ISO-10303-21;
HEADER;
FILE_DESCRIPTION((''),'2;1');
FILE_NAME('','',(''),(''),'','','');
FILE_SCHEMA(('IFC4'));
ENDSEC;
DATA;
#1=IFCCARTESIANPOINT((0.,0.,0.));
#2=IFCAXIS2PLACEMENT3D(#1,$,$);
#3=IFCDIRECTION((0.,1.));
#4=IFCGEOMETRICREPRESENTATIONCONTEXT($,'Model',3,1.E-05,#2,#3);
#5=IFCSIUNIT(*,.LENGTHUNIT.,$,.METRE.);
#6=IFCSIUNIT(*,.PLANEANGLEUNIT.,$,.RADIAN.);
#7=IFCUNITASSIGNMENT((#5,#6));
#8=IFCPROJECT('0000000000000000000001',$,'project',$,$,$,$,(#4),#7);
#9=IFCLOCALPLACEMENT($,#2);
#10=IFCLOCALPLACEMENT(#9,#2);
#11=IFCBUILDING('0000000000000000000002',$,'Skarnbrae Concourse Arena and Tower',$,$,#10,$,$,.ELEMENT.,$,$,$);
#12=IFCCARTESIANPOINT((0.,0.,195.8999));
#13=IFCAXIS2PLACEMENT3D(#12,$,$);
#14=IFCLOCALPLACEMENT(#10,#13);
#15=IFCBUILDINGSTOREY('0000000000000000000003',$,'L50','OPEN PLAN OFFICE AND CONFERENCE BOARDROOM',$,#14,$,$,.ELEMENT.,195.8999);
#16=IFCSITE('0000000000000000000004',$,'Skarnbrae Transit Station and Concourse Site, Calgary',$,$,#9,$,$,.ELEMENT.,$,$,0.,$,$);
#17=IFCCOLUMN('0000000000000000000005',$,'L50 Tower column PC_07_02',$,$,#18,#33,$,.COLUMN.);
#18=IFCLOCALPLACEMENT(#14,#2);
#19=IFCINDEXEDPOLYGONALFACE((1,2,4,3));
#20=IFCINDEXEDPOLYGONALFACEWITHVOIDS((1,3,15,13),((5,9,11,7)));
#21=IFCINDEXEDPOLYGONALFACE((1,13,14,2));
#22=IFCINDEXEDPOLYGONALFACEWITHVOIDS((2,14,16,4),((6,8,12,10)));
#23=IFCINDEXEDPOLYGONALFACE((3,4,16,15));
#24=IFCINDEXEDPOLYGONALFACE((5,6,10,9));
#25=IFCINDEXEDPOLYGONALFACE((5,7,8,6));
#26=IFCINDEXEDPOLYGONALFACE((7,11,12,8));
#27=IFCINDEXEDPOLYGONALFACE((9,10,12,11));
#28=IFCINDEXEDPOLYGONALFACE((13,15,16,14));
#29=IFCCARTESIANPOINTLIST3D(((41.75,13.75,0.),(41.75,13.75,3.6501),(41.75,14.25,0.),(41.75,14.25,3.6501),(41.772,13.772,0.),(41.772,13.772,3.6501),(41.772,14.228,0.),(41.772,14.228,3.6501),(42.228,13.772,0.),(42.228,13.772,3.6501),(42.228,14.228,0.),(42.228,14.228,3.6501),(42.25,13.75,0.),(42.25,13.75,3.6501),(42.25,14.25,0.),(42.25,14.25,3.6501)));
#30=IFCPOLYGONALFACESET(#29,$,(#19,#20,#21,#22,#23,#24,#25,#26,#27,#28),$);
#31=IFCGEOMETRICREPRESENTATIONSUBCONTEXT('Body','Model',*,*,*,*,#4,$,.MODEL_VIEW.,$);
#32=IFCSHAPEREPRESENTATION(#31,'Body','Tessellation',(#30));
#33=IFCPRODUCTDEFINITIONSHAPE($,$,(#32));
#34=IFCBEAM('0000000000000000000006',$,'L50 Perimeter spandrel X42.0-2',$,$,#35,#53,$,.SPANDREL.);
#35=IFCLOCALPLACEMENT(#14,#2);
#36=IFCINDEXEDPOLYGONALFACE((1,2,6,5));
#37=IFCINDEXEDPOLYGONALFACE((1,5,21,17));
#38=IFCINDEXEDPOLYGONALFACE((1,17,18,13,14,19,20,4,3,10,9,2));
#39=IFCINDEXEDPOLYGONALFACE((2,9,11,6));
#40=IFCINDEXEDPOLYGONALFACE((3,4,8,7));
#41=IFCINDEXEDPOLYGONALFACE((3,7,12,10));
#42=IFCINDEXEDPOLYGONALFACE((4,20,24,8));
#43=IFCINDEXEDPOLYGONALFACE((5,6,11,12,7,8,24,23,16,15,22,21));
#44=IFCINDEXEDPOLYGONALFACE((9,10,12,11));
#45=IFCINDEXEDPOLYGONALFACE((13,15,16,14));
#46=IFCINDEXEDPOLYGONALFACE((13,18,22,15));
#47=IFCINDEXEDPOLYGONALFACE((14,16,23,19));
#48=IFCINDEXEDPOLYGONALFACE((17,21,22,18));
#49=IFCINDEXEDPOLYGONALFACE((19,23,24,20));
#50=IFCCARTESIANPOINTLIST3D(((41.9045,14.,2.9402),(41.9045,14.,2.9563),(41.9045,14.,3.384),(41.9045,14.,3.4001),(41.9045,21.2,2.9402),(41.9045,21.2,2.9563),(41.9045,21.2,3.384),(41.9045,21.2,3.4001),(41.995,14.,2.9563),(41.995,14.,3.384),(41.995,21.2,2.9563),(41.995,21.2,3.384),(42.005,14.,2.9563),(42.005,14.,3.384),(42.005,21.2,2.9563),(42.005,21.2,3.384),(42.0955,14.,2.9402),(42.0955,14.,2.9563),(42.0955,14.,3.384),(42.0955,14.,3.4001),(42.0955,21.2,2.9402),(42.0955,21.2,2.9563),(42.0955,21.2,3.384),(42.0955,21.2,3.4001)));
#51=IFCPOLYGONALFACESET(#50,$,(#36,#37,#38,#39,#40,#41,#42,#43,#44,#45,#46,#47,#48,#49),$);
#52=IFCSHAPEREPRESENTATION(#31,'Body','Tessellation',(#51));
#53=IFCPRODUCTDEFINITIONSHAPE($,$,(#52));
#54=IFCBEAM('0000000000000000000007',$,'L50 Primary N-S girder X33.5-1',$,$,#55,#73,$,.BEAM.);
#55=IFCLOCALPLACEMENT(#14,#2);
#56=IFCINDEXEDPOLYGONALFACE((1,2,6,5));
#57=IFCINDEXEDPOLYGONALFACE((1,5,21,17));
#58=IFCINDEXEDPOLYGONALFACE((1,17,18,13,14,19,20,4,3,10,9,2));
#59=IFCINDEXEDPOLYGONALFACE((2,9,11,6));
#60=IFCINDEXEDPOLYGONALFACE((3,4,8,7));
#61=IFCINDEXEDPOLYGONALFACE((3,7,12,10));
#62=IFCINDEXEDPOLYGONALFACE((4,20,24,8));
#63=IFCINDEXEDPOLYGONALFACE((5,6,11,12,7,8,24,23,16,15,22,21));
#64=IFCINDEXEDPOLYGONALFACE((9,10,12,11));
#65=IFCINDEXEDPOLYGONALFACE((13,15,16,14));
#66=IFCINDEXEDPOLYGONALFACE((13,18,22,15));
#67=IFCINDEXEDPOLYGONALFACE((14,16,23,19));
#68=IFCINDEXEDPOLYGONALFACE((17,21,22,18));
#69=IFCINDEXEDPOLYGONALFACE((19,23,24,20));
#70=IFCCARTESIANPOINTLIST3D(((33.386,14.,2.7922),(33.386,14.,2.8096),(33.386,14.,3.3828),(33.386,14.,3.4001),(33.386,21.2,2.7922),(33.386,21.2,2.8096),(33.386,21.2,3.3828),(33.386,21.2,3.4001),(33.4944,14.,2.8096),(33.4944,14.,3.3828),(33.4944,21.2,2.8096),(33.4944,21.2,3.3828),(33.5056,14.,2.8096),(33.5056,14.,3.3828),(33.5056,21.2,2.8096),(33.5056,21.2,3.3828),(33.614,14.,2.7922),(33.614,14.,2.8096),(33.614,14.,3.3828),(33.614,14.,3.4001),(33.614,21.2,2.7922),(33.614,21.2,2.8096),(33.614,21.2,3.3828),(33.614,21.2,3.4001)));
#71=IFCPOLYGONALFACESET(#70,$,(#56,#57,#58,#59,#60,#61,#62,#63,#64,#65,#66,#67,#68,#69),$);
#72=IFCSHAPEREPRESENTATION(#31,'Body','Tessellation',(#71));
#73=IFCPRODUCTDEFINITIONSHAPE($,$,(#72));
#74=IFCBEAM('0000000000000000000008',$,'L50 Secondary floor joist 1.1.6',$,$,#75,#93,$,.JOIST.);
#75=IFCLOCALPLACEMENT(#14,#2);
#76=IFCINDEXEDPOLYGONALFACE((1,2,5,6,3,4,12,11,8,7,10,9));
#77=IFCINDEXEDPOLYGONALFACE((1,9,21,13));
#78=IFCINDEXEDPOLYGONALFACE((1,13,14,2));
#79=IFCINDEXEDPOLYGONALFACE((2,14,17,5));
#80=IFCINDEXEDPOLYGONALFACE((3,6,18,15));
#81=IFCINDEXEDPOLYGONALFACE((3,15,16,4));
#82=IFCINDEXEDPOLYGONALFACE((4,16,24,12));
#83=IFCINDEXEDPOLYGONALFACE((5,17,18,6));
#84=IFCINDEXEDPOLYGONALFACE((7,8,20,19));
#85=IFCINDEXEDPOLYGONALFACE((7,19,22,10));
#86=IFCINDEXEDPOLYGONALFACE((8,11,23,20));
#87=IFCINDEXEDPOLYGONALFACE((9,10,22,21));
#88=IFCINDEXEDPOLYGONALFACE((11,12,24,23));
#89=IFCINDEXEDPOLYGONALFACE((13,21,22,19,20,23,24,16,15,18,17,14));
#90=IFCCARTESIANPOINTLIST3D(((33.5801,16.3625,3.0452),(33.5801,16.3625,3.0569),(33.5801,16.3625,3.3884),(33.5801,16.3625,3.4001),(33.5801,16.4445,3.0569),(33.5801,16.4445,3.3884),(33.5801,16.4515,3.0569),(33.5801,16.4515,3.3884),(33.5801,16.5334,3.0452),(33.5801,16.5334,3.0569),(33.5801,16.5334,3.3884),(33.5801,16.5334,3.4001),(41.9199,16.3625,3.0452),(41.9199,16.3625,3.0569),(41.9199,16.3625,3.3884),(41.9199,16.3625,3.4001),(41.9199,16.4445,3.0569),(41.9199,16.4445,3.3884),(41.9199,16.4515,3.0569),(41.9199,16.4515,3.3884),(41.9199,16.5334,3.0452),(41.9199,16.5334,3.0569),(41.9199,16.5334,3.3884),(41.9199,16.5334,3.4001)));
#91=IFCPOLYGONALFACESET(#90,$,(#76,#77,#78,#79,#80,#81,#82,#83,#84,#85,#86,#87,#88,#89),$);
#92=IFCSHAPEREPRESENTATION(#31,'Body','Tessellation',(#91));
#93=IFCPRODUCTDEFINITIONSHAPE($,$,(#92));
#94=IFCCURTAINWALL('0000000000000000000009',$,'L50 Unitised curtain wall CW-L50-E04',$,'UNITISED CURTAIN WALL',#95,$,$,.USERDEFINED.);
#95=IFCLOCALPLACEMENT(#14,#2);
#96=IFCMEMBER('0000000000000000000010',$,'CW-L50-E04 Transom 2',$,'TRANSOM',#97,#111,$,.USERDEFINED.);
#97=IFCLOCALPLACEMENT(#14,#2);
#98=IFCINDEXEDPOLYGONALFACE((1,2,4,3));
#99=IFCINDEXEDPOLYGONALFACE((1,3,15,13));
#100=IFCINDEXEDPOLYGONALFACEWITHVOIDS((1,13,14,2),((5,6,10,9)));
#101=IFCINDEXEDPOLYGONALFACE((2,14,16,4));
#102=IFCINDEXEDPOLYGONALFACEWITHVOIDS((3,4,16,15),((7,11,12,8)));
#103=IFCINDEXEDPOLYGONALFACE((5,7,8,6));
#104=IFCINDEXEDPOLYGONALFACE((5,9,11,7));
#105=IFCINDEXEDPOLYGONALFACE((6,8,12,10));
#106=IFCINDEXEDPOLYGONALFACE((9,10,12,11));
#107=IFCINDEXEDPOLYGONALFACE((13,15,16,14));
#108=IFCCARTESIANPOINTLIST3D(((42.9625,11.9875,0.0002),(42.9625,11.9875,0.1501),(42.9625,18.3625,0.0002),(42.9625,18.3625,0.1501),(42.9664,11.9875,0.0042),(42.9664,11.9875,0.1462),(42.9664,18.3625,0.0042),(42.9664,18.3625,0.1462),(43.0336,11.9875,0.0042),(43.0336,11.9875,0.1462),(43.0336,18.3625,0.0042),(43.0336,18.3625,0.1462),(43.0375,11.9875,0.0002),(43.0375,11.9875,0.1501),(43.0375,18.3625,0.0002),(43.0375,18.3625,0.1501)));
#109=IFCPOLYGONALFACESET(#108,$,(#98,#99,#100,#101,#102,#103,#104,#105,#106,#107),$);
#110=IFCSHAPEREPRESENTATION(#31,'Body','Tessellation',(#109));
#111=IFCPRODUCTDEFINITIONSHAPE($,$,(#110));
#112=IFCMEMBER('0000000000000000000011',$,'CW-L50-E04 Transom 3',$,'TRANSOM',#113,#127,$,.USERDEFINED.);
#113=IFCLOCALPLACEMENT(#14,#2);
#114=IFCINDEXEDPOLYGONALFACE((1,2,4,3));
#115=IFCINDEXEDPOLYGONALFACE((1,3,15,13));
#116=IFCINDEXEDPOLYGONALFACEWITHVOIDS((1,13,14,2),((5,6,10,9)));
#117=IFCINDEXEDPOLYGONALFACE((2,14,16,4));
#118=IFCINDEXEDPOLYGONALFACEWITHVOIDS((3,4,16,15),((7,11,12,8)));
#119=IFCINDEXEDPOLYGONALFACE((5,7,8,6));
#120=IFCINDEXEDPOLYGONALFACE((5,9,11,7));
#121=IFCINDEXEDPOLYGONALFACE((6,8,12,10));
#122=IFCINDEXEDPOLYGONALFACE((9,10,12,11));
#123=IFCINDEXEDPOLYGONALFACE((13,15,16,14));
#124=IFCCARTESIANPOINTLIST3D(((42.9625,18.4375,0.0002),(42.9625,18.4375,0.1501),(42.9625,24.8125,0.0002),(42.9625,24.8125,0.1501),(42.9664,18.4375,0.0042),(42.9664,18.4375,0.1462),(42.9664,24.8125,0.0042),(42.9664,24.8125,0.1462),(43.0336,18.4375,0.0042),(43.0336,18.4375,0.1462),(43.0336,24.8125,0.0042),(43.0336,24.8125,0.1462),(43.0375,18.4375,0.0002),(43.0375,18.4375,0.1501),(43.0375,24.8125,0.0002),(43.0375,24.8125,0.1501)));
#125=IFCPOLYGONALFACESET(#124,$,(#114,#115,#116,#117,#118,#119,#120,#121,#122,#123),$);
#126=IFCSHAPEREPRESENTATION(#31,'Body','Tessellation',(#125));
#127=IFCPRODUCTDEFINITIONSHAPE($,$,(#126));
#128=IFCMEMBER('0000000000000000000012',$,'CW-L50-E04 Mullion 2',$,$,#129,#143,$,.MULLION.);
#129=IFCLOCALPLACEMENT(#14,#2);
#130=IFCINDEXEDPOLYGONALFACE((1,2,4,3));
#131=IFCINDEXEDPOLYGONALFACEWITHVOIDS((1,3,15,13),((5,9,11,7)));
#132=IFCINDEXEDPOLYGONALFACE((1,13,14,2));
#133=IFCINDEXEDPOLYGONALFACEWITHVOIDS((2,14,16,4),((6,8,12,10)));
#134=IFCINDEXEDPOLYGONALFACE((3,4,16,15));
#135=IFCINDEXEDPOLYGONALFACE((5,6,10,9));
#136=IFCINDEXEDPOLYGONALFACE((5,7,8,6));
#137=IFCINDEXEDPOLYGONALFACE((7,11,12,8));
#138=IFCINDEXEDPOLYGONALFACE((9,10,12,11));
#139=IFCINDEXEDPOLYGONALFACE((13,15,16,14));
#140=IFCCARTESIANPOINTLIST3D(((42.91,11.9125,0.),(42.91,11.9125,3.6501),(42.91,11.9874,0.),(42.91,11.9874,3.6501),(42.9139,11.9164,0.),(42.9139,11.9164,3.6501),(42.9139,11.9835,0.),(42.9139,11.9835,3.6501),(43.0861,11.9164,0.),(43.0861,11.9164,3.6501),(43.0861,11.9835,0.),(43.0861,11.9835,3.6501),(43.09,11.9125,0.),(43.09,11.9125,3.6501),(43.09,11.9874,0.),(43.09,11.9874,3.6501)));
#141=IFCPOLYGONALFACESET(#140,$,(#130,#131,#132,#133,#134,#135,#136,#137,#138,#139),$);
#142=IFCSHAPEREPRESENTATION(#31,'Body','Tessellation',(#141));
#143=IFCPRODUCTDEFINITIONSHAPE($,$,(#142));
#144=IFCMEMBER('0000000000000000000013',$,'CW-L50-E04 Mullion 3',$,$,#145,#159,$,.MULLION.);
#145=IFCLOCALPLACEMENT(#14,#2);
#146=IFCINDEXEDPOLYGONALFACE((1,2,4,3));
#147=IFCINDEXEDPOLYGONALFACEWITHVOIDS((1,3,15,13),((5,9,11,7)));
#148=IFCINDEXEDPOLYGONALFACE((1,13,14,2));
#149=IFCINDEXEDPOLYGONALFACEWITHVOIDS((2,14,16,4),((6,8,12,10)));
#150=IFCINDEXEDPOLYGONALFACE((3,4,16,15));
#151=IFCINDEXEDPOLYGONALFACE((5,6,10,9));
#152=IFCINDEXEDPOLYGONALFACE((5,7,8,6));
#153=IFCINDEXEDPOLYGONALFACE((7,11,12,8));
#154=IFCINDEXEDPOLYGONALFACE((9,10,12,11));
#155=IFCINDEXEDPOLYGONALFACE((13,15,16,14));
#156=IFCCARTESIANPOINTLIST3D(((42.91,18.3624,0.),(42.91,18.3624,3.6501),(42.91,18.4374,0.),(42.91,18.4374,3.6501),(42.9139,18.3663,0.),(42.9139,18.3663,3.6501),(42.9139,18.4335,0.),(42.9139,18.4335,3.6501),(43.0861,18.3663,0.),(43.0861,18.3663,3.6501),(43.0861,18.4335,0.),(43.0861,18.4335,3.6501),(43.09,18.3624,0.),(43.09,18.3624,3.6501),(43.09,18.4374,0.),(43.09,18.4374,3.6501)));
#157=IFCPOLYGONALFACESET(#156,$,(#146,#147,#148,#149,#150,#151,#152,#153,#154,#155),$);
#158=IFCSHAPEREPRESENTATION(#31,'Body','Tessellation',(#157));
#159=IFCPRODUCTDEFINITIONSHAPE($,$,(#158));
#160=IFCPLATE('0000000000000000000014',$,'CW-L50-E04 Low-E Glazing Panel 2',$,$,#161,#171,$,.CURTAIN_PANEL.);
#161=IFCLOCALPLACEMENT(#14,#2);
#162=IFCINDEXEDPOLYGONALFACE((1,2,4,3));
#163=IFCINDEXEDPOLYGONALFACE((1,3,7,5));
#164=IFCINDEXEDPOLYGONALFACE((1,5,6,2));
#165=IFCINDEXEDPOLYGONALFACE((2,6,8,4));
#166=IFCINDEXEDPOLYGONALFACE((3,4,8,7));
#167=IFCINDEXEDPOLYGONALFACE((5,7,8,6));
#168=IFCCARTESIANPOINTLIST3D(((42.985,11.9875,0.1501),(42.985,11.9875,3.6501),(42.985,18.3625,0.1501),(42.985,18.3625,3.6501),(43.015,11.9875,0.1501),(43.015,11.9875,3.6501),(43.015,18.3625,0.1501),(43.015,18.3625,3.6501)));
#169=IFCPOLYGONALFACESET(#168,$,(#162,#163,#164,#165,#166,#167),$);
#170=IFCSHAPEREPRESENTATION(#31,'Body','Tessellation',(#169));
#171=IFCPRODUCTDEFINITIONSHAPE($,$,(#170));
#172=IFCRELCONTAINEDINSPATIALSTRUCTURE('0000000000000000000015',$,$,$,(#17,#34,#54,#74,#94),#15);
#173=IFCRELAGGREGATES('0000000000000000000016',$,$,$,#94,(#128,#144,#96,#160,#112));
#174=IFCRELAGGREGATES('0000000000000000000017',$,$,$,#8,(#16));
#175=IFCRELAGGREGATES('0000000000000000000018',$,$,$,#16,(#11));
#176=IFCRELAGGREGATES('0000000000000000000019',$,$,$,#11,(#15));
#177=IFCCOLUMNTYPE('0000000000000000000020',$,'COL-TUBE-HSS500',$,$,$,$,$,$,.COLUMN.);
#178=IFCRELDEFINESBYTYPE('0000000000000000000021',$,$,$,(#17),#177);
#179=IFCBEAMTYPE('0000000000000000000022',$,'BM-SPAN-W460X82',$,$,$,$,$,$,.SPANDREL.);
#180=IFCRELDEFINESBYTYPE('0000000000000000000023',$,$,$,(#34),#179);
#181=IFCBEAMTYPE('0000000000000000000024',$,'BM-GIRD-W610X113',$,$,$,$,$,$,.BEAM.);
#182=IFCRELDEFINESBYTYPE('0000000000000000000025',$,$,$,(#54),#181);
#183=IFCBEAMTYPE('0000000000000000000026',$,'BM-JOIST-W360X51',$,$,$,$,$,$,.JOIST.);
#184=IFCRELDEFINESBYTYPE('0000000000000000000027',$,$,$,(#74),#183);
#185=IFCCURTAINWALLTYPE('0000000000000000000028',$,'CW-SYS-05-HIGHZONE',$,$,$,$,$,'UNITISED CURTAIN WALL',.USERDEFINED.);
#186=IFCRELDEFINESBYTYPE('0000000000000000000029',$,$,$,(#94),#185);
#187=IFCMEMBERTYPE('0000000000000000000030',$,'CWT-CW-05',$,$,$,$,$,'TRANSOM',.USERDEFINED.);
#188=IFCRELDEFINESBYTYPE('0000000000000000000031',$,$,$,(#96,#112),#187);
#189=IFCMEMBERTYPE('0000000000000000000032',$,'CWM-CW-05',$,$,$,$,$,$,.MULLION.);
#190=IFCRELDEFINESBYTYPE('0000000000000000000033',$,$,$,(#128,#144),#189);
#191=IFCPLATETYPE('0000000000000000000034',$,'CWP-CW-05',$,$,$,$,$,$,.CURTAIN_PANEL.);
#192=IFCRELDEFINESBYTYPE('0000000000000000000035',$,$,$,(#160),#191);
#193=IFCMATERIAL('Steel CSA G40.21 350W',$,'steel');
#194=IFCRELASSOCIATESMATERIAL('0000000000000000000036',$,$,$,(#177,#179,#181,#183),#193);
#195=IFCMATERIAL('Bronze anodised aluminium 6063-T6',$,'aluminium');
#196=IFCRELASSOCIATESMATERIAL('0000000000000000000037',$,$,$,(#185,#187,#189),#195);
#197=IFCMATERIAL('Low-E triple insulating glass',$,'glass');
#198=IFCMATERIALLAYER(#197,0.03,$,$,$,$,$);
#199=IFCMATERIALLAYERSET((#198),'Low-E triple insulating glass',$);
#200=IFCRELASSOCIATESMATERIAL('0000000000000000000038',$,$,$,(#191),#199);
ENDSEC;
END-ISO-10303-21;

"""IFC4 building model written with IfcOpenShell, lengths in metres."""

from ifc_helpers import new_model, si_unit, direction, frame, origin, origin_2d, place, context, subcontext, project, spatial, rectangle, hollow_rectangle, i_section, extrude, source, transform, mapped, material, layer, layer_set, material_profile, profile_set, type_object, element, aggregate, save


model = new_model("IFC4")

# Units and contexts
model_context = context("Model", 3, precision=1e-05, world=origin(), true_north=direction((0.0, 1.0)))
body_context = subcontext(model_context, "Body", "Model", "MODEL_VIEW")
ifc_project = project(units=[si_unit("LENGTHUNIT", "METRE"), si_unit("PLANEANGLEUNIT", "RADIAN")], contexts=[model_context])

# Site, building, storey
site_placement = place(None, origin())
site = spatial("IfcSite", under=ifc_project, at=site_placement, Name="Skarnbrae Transit Station and Concourse Site, Calgary", CompositionType="ELEMENT", RefElevation=0.0)
building_placement = place(site_placement, origin())
building = spatial("IfcBuilding", under=site, at=building_placement, Name="Skarnbrae Concourse Arena and Tower", CompositionType="ELEMENT")
storey_placement = place(building_placement, frame((0.0, 0.0, 195.8999)))
storey = spatial("IfcBuildingStorey", under=building, at=storey_placement, Name="L50", Description="OPEN PLAN OFFICE AND CONFERENCE BOARDROOM", CompositionType="ELEMENT", Elevation=195.8999)

# Column
ifc_material_1 = material(Name="Steel CSA G40.21 350W", Category="steel")
ifc_material_profile_1 = material_profile(ifc_material_1, hollow_rectangle(XDim=0.5, YDim=0.5, WallThickness=0.022, at=origin_2d()), Name="HSS500X500X22.0")
ifc_profile_set_1 = profile_set([ifc_material_profile_1], Name="Steel CSA G40.21 350W")
column_type = type_object("IfcColumnType", Name="COL-TUBE-HSS500", PredefinedType="COLUMN", material=ifc_profile_set_1)
shared_shape_1 = source(origin(), body_context, "Body", "SweptSolid", [
    extrude(hollow_rectangle(XDim=0.5, YDim=0.5, WallThickness=0.022, at=origin_2d()), origin(), (0.0, 0.0, 1.0), 3.6501),
])
column_placement = place(storey_placement, frame((42.0, 14.0, 0.0), z_axis=(0.0, 0.0, 1.0), x_axis=(1.0, 0.0, 0.0)))
element("IfcColumn", 1, at=column_placement, inside=storey, type_object=column_type, Name="L50 Tower column PC_07_02", PredefinedType="COLUMN", context=body_context, shape_type="MappedRepresentation", body=[
    mapped(shared_shape_1, transform((0.0, 0.0, 0.0))),
])

# Beams
ifc_material_profile_2 = material_profile(ifc_material_1, i_section(OverallWidth=0.1909, OverallDepth=0.46, WebThickness=0.01, FlangeThickness=0.0161, at=origin_2d()), Name="W460X82")
ifc_profile_set_2 = profile_set([ifc_material_profile_2], Name="Steel CSA G40.21 350W")
beam_type_1 = type_object("IfcBeamType", Name="BM-SPAN-W460X82", PredefinedType="SPANDREL", material=ifc_profile_set_2)
shared_shape_2 = source(origin(), body_context, "Body", "SweptSolid", [
    extrude(i_section(OverallWidth=0.1909, OverallDepth=0.46, WebThickness=0.01, FlangeThickness=0.0161, at=origin_2d()), origin(), (0.0, 0.0, 1.0), 7.2),
])
beam_1_placement = place(storey_placement, frame((42.0, 14.0, 3.1702), z_axis=(0.0, 1.0, 0.0), x_axis=(-1.0, 0.0, 0.0)))
element("IfcBeam", 2, at=beam_1_placement, inside=storey, type_object=beam_type_1, Name="L50 Perimeter spandrel X42.0-2", PredefinedType="SPANDREL", context=body_context, shape_type="MappedRepresentation", body=[
    mapped(shared_shape_2, transform((0.0, 0.0, 0.0))),
])
ifc_material_profile_3 = material_profile(ifc_material_1, i_section(OverallWidth=0.228, OverallDepth=0.6079, WebThickness=0.0112, FlangeThickness=0.0173, at=origin_2d()), Name="W610X113")
ifc_profile_set_3 = profile_set([ifc_material_profile_3], Name="Steel CSA G40.21 350W")
beam_type_2 = type_object("IfcBeamType", Name="BM-GIRD-W610X113", PredefinedType="BEAM", material=ifc_profile_set_3)
shared_shape_3 = source(origin(), body_context, "Body", "SweptSolid", [
    extrude(i_section(OverallWidth=0.228, OverallDepth=0.6079, WebThickness=0.0112, FlangeThickness=0.0173, at=origin_2d()), origin(), (0.0, 0.0, 1.0), 7.2),
])
beam_2_placement = place(storey_placement, frame((33.5, 14.0, 3.0962), z_axis=(0.0, 1.0, 0.0), x_axis=(-1.0, 0.0, 0.0)))
element("IfcBeam", 3, at=beam_2_placement, inside=storey, type_object=beam_type_2, Name="L50 Primary N-S girder X33.5-1", PredefinedType="BEAM", context=body_context, shape_type="MappedRepresentation", body=[
    mapped(shared_shape_3, transform((0.0, 0.0, 0.0))),
])
ifc_material_profile_4 = material_profile(ifc_material_1, i_section(OverallWidth=0.1709, OverallDepth=0.355, WebThickness=0.0071, FlangeThickness=0.0117, at=origin_2d()), Name="W360X51")
ifc_profile_set_4 = profile_set([ifc_material_profile_4], Name="Steel CSA G40.21 350W")
beam_type_3 = type_object("IfcBeamType", Name="BM-JOIST-W360X51", PredefinedType="JOIST", material=ifc_profile_set_4)
shared_shape_4 = source(origin(), body_context, "Body", "SweptSolid", [
    extrude(i_section(OverallWidth=0.1709, OverallDepth=0.355, WebThickness=0.0071, FlangeThickness=0.0117, at=origin_2d()), origin(), (0.0, 0.0, 1.0), 8.3398),
])
beam_3_placement = place(storey_placement, frame((33.5801, 16.448, 3.2227), z_axis=(1.0, 0.0, 0.0), x_axis=(0.0, 1.0, 0.0)))
element("IfcBeam", 4, at=beam_3_placement, inside=storey, type_object=beam_type_3, Name="L50 Secondary floor joist 1.1.6", PredefinedType="JOIST", context=body_context, shape_type="MappedRepresentation", body=[
    mapped(shared_shape_4, transform((0.0, 0.0, 0.0))),
])

# Curtain wall, members, plate
ifc_material_2 = material(Name="Bronze anodised aluminium 6063-T6", Category="aluminium")
curtain_wall_type = type_object("IfcCurtainWallType", Name="CW-SYS-05-HIGHZONE", ElementType="UNITISED CURTAIN WALL", PredefinedType="USERDEFINED", material=ifc_material_2)
curtain_wall_placement = place(storey_placement, origin())
curtain_wall = element("IfcCurtainWall", 5, at=curtain_wall_placement, inside=storey, type_object=curtain_wall_type, Name="L50 Unitised curtain wall CW-L50-E04", ObjectType="UNITISED CURTAIN WALL", PredefinedType="USERDEFINED")
ifc_material_profile_5 = material_profile(ifc_material_2, hollow_rectangle(XDim=0.075, YDim=0.1499, WallThickness=0.0039, at=origin_2d()), Name="ALU-TRAN-75X150")
ifc_profile_set_5 = profile_set([ifc_material_profile_5], Name="Bronze anodised aluminium 6063-T6")
member_type_1 = type_object("IfcMemberType", Name="CWT-CW-05", ElementType="TRANSOM", PredefinedType="USERDEFINED", material=ifc_profile_set_5)
shared_shape_5 = source(origin(), body_context, "Body", "SweptSolid", [
    extrude(hollow_rectangle(XDim=0.075, YDim=0.1499, WallThickness=0.0039, at=origin_2d()), origin(), (0.0, 0.0, 1.0), 6.375),
])
member_1_placement = place(storey_placement, frame((43.0, 11.9875, 0.0752), z_axis=(0.0, 1.0, 0.0), x_axis=(-1.0, 0.0, 0.0)))
member_1 = element("IfcMember", 6, at=member_1_placement, type_object=member_type_1, Name="CW-L50-E04 Transom 2", ObjectType="TRANSOM", PredefinedType="USERDEFINED", context=body_context, shape_type="MappedRepresentation", body=[
    mapped(shared_shape_5, transform((0.0, 0.0, 0.0))),
])
member_2_placement = place(storey_placement, frame((43.0, 18.4375, 0.0752), z_axis=(0.0, 1.0, 0.0), x_axis=(-1.0, 0.0, 0.0)))
member_2 = element("IfcMember", 7, at=member_2_placement, type_object=member_type_1, Name="CW-L50-E04 Transom 3", ObjectType="TRANSOM", PredefinedType="USERDEFINED", context=body_context, shape_type="MappedRepresentation", body=[
    mapped(shared_shape_5, transform((0.0, 0.0, 0.0))),
])
ifc_material_profile_6 = material_profile(ifc_material_2, hollow_rectangle(XDim=0.075, YDim=0.1799, WallThickness=0.0039, at=origin_2d()), Name="ALU-MULL-75X180")
ifc_profile_set_6 = profile_set([ifc_material_profile_6], Name="Bronze anodised aluminium 6063-T6")
member_type_2 = type_object("IfcMemberType", Name="CWM-CW-05", PredefinedType="MULLION", material=ifc_profile_set_6)
shared_shape_6 = source(origin(), body_context, "Body", "SweptSolid", [
    extrude(hollow_rectangle(XDim=0.075, YDim=0.1799, WallThickness=0.0039, at=origin_2d()), origin(), (0.0, 0.0, 1.0), 3.6501),
])
member_3_placement = place(storey_placement, frame((43.0, 11.95, 0.0), z_axis=(0.0, 0.0, 1.0), x_axis=(0.0, 1.0, 0.0)))
member_3 = element("IfcMember", 8, at=member_3_placement, type_object=member_type_2, Name="CW-L50-E04 Mullion 2", PredefinedType="MULLION", context=body_context, shape_type="MappedRepresentation", body=[
    mapped(shared_shape_6, transform((0.0, 0.0, 0.0))),
])
member_4_placement = place(storey_placement, frame((43.0, 18.3999, 0.0), z_axis=(0.0, 0.0, 1.0), x_axis=(0.0, 1.0, 0.0)))
member_4 = element("IfcMember", 9, at=member_4_placement, type_object=member_type_2, Name="CW-L50-E04 Mullion 3", PredefinedType="MULLION", context=body_context, shape_type="MappedRepresentation", body=[
    mapped(shared_shape_6, transform((0.0, 0.0, 0.0))),
])
ifc_material_3 = material(Name="Low-E triple insulating glass", Category="glass")
ifc_layer_1 = layer(ifc_material_3, 0.03)
ifc_layer_set_1 = layer_set([ifc_layer_1], Name="Low-E triple insulating glass")
plate_type = type_object("IfcPlateType", Name="CWP-CW-05", PredefinedType="CURTAIN_PANEL", material=ifc_layer_set_1)
shared_shape_7 = source(origin(), body_context, "Body", "SweptSolid", [
    extrude(rectangle(XDim=6.375, YDim=0.03, at=origin_2d()), origin(), (0.0, 0.0, 1.0), 3.5),
])
plate_placement = place(storey_placement, frame((43.0, 15.175, 0.1501), z_axis=(0.0, 0.0, 1.0), x_axis=(0.0, 1.0, 0.0)))
plate = element("IfcPlate", 10, at=plate_placement, type_object=plate_type, Name="CW-L50-E04 Low-E Glazing Panel 2", PredefinedType="CURTAIN_PANEL", context=body_context, shape_type="MappedRepresentation", body=[
    mapped(shared_shape_7, transform((0.0, 0.0, 0.0))),
])
aggregate(curtain_wall, [member_3, member_4, member_1, plate, member_2])

save(model, "model.ifc")
